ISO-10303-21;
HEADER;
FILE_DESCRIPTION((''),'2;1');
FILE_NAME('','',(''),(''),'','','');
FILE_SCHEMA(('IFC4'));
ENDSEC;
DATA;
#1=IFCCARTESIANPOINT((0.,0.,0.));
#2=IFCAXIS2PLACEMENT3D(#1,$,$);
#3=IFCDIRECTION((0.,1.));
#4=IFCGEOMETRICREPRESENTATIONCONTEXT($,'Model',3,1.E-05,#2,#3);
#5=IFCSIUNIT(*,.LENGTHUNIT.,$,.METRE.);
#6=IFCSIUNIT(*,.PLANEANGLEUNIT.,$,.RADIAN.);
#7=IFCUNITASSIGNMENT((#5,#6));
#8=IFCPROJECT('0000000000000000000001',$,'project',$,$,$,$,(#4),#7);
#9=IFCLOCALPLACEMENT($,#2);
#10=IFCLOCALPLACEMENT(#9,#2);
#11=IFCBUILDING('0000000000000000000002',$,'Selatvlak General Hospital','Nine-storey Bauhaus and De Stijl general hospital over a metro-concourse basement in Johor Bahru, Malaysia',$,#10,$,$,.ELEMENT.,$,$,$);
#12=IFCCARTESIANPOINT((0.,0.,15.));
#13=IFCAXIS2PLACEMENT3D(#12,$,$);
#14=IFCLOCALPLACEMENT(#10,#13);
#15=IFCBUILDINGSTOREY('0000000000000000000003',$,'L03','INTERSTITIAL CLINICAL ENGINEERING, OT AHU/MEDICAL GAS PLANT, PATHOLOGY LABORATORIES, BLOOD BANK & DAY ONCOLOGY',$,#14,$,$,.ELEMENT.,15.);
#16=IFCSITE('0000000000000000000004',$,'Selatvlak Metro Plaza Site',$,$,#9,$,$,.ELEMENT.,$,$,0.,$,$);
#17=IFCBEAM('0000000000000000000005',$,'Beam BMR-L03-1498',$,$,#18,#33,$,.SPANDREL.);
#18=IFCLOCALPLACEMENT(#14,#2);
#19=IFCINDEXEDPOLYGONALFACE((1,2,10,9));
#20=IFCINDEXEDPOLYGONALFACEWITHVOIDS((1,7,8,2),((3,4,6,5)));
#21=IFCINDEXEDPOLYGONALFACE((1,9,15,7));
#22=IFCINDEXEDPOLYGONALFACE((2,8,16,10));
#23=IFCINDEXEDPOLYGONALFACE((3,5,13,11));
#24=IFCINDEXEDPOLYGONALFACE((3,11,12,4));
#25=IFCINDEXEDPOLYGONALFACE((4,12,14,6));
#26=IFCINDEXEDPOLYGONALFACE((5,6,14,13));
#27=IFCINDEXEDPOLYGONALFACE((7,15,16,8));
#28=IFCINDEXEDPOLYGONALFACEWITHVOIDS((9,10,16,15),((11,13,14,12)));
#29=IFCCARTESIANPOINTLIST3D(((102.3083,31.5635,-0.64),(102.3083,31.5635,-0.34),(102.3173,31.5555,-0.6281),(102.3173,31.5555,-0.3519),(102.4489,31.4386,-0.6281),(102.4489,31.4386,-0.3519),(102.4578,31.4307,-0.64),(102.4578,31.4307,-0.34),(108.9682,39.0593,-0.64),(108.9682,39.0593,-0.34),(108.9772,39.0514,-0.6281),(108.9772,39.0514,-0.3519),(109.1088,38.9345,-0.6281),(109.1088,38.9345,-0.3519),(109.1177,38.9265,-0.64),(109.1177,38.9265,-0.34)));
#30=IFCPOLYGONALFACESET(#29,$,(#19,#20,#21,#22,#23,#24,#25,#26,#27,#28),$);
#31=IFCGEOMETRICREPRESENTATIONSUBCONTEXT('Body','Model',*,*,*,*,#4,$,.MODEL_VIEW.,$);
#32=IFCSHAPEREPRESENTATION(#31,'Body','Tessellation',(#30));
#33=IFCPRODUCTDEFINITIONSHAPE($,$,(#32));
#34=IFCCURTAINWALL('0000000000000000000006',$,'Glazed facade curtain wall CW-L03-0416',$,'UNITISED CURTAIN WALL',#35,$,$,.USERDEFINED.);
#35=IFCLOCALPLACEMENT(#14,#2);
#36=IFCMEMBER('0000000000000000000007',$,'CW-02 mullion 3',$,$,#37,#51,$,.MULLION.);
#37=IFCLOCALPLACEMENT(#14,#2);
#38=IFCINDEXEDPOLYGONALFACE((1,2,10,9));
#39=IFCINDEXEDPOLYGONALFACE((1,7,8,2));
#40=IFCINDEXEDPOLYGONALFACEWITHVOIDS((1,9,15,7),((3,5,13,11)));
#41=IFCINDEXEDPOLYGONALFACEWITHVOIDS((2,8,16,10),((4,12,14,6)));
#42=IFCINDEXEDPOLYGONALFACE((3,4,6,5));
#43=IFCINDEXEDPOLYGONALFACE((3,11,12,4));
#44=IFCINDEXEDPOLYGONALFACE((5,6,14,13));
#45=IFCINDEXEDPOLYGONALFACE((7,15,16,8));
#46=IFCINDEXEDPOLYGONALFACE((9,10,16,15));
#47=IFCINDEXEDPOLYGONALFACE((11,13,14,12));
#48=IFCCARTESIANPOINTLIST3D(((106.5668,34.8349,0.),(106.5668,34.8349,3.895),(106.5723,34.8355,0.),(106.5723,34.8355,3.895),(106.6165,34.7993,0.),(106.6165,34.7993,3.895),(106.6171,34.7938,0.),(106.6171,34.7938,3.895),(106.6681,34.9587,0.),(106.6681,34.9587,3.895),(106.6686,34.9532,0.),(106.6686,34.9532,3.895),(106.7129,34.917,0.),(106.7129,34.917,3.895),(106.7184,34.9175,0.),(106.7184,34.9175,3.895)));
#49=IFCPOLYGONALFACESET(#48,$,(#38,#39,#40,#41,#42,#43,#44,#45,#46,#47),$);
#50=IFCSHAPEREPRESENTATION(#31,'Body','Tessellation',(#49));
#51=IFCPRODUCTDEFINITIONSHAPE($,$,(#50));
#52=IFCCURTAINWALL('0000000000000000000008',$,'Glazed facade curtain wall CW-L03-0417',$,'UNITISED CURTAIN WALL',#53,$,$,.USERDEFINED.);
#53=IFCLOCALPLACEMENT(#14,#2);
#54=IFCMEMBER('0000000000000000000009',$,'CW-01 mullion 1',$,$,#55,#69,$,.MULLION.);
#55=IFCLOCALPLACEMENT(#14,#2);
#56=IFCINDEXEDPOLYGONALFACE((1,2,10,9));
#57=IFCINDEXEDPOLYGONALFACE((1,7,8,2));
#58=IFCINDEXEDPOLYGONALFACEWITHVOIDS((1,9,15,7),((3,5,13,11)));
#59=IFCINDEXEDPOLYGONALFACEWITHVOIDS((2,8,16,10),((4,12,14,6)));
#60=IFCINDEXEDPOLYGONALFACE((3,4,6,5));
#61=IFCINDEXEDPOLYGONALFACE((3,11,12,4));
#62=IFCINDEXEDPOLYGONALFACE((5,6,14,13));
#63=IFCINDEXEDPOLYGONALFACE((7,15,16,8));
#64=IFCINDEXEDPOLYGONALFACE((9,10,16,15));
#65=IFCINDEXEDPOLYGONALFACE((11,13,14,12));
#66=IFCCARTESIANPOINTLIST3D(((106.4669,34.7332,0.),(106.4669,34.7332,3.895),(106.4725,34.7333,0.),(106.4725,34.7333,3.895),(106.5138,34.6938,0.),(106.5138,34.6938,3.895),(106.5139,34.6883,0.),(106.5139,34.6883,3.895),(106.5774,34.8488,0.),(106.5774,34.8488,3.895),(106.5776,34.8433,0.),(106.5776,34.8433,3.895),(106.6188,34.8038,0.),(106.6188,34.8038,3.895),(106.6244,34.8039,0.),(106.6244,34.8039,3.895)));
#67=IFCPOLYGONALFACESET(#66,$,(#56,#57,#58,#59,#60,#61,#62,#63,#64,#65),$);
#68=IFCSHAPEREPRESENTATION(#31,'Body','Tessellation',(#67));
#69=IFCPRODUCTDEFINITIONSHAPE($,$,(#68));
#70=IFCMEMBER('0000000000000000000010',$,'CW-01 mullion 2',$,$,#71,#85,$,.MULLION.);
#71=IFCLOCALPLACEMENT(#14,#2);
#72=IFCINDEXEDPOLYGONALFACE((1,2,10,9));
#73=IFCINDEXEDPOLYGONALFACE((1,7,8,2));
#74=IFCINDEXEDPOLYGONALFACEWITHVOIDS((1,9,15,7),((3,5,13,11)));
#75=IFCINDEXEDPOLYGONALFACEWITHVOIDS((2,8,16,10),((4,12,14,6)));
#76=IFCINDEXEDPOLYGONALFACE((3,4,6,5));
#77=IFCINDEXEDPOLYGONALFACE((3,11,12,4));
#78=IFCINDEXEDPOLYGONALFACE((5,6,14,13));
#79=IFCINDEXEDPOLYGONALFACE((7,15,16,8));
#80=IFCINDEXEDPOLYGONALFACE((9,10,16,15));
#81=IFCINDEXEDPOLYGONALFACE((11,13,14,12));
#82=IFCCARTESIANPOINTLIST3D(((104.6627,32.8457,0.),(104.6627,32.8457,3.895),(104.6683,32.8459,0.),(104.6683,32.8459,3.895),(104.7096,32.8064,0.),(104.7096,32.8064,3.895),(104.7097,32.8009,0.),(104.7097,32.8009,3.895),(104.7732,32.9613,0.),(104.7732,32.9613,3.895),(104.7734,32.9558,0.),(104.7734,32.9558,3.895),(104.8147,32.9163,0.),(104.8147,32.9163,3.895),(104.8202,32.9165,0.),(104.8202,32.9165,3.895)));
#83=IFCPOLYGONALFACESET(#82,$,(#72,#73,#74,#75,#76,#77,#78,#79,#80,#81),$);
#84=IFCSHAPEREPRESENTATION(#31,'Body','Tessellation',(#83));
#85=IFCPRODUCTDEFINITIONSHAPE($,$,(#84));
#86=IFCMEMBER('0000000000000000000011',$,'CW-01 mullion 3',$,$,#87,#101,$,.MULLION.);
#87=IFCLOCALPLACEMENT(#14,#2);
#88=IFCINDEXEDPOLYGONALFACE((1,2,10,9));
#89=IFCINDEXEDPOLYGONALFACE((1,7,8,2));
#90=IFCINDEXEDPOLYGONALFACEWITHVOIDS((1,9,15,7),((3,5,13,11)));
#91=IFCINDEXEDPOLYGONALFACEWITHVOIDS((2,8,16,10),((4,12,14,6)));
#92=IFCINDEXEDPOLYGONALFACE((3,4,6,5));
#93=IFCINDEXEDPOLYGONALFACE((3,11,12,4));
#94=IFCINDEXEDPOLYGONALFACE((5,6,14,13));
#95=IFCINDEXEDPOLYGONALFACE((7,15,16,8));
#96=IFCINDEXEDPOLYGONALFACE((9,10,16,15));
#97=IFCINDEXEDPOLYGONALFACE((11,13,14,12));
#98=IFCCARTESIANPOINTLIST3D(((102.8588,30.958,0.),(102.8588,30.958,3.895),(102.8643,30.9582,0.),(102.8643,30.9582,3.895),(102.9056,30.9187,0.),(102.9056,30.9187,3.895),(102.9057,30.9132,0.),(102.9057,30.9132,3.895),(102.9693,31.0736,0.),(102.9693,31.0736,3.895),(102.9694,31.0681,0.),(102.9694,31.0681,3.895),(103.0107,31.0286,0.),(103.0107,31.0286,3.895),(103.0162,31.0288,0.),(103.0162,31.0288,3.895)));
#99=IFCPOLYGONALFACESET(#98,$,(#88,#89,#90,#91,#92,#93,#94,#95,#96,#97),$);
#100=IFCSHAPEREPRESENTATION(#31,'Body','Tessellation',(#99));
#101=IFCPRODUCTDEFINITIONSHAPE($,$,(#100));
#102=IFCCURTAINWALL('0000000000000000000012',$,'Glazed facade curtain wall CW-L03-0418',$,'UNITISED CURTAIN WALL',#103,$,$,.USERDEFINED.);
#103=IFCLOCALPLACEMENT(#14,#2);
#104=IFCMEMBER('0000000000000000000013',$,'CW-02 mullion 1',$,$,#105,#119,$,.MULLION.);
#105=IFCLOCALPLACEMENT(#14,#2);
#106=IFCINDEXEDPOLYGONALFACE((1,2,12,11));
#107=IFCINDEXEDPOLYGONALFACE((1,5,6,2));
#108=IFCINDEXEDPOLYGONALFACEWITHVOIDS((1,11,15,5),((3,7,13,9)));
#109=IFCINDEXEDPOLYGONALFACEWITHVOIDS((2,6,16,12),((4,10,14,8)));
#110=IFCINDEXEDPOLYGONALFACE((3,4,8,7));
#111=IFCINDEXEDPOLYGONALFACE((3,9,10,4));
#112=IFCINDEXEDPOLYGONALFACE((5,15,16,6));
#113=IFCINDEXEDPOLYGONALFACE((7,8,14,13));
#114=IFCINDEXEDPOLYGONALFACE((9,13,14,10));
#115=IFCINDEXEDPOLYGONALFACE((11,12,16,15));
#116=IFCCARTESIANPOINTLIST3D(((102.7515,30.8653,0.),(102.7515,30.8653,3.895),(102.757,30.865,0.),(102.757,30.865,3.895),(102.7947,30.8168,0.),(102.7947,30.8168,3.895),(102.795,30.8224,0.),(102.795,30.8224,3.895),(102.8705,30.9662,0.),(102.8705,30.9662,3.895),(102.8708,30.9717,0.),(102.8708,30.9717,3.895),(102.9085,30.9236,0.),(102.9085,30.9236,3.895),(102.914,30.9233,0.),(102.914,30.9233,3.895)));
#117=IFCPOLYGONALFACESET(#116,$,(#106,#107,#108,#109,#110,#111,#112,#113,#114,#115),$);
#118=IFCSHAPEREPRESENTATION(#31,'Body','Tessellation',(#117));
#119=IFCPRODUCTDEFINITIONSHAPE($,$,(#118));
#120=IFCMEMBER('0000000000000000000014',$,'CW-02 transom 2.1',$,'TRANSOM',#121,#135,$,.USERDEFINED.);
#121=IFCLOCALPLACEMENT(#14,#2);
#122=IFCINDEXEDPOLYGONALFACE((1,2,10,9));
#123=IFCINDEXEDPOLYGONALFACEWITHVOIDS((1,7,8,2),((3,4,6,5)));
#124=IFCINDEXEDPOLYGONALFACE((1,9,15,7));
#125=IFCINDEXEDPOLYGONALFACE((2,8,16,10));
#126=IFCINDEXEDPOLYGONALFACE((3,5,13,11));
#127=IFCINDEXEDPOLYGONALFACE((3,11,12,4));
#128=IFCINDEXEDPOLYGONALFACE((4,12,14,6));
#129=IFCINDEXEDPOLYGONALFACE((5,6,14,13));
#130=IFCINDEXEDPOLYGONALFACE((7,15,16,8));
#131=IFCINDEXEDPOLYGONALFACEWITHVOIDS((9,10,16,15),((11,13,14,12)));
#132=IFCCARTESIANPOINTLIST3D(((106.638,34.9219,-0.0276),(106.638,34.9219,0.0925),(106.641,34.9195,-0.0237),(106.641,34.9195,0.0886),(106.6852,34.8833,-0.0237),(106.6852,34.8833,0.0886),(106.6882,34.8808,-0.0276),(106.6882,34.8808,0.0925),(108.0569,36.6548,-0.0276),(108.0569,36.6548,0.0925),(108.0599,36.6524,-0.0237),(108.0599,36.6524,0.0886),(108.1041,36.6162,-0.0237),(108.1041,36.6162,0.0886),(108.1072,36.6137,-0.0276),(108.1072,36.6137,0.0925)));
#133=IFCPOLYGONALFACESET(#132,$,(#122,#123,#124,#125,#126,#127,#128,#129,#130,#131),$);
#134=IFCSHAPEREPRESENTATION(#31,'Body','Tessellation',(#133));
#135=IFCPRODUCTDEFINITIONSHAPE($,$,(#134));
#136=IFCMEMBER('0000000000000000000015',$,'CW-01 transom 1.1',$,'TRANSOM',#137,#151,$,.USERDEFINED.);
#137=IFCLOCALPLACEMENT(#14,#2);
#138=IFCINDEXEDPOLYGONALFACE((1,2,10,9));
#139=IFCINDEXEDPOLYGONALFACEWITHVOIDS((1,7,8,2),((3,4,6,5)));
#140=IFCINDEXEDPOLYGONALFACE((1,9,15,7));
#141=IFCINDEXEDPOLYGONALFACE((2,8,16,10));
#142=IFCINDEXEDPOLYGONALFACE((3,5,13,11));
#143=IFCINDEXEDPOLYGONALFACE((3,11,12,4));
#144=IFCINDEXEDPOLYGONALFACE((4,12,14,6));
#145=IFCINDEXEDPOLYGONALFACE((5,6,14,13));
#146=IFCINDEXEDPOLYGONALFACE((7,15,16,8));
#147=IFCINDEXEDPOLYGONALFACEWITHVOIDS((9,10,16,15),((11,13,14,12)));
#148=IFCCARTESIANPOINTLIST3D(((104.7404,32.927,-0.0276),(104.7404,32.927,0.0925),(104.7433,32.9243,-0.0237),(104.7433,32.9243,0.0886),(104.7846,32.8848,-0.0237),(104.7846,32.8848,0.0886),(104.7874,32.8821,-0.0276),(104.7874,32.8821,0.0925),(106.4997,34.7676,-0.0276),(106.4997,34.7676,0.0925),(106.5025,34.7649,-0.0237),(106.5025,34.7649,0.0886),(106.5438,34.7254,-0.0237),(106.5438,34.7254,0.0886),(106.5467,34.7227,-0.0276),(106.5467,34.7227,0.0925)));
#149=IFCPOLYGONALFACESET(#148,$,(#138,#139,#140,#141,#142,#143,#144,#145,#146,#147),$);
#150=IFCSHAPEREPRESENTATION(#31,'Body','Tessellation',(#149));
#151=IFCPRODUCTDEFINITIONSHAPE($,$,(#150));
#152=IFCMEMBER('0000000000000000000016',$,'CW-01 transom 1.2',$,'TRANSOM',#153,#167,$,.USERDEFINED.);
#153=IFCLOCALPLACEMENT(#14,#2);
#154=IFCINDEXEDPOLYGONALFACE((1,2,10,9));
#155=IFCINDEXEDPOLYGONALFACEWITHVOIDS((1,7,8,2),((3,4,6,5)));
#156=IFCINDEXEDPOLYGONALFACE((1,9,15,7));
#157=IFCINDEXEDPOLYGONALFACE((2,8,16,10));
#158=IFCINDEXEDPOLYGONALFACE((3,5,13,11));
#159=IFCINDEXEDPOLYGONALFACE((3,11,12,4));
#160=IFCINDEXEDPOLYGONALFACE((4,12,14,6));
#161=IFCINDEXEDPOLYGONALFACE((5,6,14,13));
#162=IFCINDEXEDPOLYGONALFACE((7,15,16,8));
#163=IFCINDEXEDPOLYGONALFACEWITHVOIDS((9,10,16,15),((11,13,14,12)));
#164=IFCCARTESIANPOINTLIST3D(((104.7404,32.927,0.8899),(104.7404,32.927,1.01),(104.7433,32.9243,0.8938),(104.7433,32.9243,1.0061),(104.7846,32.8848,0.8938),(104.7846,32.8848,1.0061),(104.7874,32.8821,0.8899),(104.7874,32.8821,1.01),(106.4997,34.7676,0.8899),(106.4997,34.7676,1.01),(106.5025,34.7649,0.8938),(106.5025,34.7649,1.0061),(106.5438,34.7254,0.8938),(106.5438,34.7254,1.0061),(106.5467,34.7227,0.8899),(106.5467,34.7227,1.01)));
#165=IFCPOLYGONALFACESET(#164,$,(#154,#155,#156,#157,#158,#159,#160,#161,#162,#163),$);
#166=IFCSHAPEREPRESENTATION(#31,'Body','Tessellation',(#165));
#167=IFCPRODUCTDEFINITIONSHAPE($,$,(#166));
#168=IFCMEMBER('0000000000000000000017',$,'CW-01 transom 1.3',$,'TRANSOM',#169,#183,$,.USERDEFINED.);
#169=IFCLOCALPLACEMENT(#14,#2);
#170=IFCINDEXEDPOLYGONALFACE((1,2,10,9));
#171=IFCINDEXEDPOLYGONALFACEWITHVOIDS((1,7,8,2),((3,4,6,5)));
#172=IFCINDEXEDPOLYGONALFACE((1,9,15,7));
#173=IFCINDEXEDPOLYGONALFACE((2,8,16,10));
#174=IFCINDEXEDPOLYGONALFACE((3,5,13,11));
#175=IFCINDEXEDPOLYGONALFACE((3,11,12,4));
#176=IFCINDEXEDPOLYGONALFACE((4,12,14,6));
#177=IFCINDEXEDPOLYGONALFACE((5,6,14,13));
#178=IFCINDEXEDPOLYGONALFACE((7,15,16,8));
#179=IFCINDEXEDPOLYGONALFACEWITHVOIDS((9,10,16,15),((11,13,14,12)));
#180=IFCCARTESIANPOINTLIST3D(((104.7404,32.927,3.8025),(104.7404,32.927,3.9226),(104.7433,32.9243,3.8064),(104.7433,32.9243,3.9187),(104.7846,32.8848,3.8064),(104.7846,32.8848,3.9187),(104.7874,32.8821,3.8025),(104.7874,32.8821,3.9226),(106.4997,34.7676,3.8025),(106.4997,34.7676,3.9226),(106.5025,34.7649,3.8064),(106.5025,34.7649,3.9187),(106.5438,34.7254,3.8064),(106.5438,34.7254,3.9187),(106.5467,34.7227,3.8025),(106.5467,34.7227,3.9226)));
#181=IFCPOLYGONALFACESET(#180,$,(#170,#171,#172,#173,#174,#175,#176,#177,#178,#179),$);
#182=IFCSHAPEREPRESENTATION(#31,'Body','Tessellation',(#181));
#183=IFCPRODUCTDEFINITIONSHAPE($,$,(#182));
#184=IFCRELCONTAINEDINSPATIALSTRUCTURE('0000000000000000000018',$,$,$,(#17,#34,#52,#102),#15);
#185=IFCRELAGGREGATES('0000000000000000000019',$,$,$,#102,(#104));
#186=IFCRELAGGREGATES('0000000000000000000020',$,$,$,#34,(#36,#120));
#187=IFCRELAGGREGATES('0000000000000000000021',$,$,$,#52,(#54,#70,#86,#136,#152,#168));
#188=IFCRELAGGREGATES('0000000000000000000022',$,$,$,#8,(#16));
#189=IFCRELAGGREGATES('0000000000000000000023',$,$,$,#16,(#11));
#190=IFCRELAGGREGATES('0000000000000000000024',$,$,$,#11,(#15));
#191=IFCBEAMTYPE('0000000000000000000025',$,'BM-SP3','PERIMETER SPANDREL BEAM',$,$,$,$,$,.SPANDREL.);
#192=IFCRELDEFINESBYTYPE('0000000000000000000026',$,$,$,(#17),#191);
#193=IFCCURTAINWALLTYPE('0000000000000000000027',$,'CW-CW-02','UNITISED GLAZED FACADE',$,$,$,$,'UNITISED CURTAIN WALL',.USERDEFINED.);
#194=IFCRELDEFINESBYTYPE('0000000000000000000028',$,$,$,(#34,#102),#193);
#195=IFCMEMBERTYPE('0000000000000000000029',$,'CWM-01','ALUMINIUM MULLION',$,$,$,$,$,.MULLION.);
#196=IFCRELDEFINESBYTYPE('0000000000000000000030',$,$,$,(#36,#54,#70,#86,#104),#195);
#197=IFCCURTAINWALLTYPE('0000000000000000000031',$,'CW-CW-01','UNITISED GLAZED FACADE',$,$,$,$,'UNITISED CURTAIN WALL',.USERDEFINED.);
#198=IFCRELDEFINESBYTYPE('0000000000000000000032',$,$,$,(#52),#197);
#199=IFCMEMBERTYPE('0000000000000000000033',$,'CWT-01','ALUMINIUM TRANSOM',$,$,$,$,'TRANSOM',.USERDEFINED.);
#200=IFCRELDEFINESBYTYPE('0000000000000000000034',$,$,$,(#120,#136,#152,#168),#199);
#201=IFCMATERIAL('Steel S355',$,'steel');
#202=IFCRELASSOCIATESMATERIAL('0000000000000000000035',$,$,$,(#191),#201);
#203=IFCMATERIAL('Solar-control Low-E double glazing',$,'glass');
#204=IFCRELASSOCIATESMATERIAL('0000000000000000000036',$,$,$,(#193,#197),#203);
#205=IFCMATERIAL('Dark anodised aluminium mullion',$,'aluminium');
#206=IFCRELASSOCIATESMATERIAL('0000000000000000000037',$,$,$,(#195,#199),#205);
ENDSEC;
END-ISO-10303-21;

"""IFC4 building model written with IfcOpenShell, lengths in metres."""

from ifc_helpers import new_model, si_unit, direction, frame, origin, origin_2d, place, context, subcontext, project, spatial, hollow_rectangle, extrude, material, material_profile, profile_set, type_object, element, aggregate, save


model = new_model("IFC4")

# Units and contexts
model_context = context("Model", 3, precision=1e-05, world=origin(), true_north=direction((0.0, 1.0)))
body_context = subcontext(model_context, "Body", "Model", "MODEL_VIEW")
ifc_project = project(units=[si_unit("LENGTHUNIT", "METRE"), si_unit("PLANEANGLEUNIT", "RADIAN")], contexts=[model_context])

# Site, building, storey
site_placement = place(None, origin())
site = spatial("IfcSite", under=ifc_project, at=site_placement, Name="Selatvlak Metro Plaza Site", CompositionType="ELEMENT", RefElevation=0.0)
building_placement = place(site_placement, origin())
building = spatial("IfcBuilding", under=site, at=building_placement, Name="Selatvlak General Hospital", Description="Nine-storey Bauhaus and De Stijl general hospital over a metro-concourse basement in Johor Bahru, Malaysia", CompositionType="ELEMENT")
storey_placement = place(building_placement, frame((0.0, 0.0, 15.0)))
storey = spatial("IfcBuildingStorey", under=building, at=storey_placement, Name="L03", Description="INTERSTITIAL CLINICAL ENGINEERING, OT AHU/MEDICAL GAS PLANT, PATHOLOGY LABORATORIES, BLOOD BANK & DAY ONCOLOGY", CompositionType="ELEMENT", Elevation=15.0)

# Beam
ifc_material_1 = material(Name="Steel S355", Category="steel")
ifc_material_profile_1 = material_profile(ifc_material_1, hollow_rectangle(XDim=0.2, YDim=0.3, WallThickness=0.012, at=origin_2d()), Name="RHS 300x200x12")
ifc_profile_set_1 = profile_set([ifc_material_profile_1], Name="Steel S355")
beam_type = type_object("IfcBeamType", Name="BM-SP3", Description="PERIMETER SPANDREL BEAM", PredefinedType="SPANDREL", material=ifc_profile_set_1)
beam_placement = place(storey_placement, frame((102.3831, 31.4971, -0.49), z_axis=(0.664193, 0.747561, 0.0), x_axis=(-0.747561, 0.664193, 0.0)))
element("IfcBeam", 1, at=beam_placement, inside=storey, type_object=beam_type, Name="Beam BMR-L03-1498", PredefinedType="SPANDREL", context=body_context, shape_type="SweptSolid", body=[
    extrude(hollow_rectangle(XDim=0.2, YDim=0.3, WallThickness=0.012, at=origin_2d()), origin(), (0.0, 0.0, 1.0), 10.0271),
])

# Curtain wall, member
ifc_material_2 = material(Name="Solar-control Low-E double glazing", Category="glass")
curtain_wall_type_1 = type_object("IfcCurtainWallType", Name="CW-CW-02", Description="UNITISED GLAZED FACADE", ElementType="UNITISED CURTAIN WALL", PredefinedType="USERDEFINED", material=ifc_material_2)
curtain_wall_1_placement = place(storey_placement, origin())
curtain_wall_1 = element("IfcCurtainWall", 2, at=curtain_wall_1_placement, inside=storey, type_object=curtain_wall_type_1, Name="Glazed facade curtain wall CW-L03-0416", ObjectType="UNITISED CURTAIN WALL", PredefinedType="USERDEFINED")
ifc_material_3 = material(Name="Dark anodised aluminium mullion", Category="aluminium")
ifc_material_profile_2 = material_profile(ifc_material_3, hollow_rectangle(XDim=0.0649, YDim=0.1599, WallThickness=0.0039, at=origin_2d()), Name="AL-MUL 65x160x4")
ifc_profile_set_2 = profile_set([ifc_material_profile_2], Name="Dark anodised aluminium mullion")
member_type_1 = type_object("IfcMemberType", Name="CWM-01", Description="ALUMINIUM MULLION", PredefinedType="MULLION", material=ifc_profile_set_2)
member_1_placement = place(storey_placement, frame((106.6426, 34.8762, 0.0), z_axis=(0.0, 0.0, 1.0), x_axis=(0.773786, -0.633447, 0.0)))
member_1 = element("IfcMember", 3, at=member_1_placement, type_object=member_type_1, Name="CW-02 mullion 3", PredefinedType="MULLION", context=body_context, shape_type="SweptSolid", body=[
    extrude(hollow_rectangle(XDim=0.0649, YDim=0.1599, WallThickness=0.0039, at=origin_2d()), origin(), (0.0, 0.0, 1.0), 3.895),
])

# Curtain wall, members
curtain_wall_type_2 = type_object("IfcCurtainWallType", Name="CW-CW-01", Description="UNITISED GLAZED FACADE", ElementType="UNITISED CURTAIN WALL", PredefinedType="USERDEFINED", material=ifc_material_2)
curtain_wall_2_placement = place(storey_placement, origin())
curtain_wall_2 = element("IfcCurtainWall", 4, at=curtain_wall_2_placement, inside=storey, type_object=curtain_wall_type_2, Name="Glazed facade curtain wall CW-L03-0417", ObjectType="UNITISED CURTAIN WALL", PredefinedType="USERDEFINED")
member_2_placement = place(storey_placement, frame((106.5457, 34.7686, 0.0), z_axis=(0.0, 0.0, 1.0), x_axis=(0.722909, -0.690943, 0.0)))
member_2 = element("IfcMember", 5, at=member_2_placement, type_object=member_type_1, Name="CW-01 mullion 1", PredefinedType="MULLION", context=body_context, shape_type="SweptSolid", body=[
    extrude(hollow_rectangle(XDim=0.0649, YDim=0.1599, WallThickness=0.0039, at=origin_2d()), origin(), (0.0, 0.0, 1.0), 3.895),
])
member_3_placement = place(storey_placement, frame((104.7415, 32.8811, 0.0), z_axis=(0.0, 0.0, 1.0), x_axis=(0.722909, -0.690943, 0.0)))
member_3 = element("IfcMember", 6, at=member_3_placement, type_object=member_type_1, Name="CW-01 mullion 2", PredefinedType="MULLION", context=body_context, shape_type="SweptSolid", body=[
    extrude(hollow_rectangle(XDim=0.0649, YDim=0.1599, WallThickness=0.0039, at=origin_2d()), origin(), (0.0, 0.0, 1.0), 3.895),
])
member_4_placement = place(storey_placement, frame((102.9375, 30.9934, 0.0), z_axis=(0.0, 0.0, 1.0), x_axis=(0.722909, -0.690943, 0.0)))
member_4 = element("IfcMember", 7, at=member_4_placement, type_object=member_type_1, Name="CW-01 mullion 3", PredefinedType="MULLION", context=body_context, shape_type="SweptSolid", body=[
    extrude(hollow_rectangle(XDim=0.0649, YDim=0.1599, WallThickness=0.0039, at=origin_2d()), origin(), (0.0, 0.0, 1.0), 3.895),
])

# Curtain wall, member
curtain_wall_3_placement = place(storey_placement, origin())
curtain_wall_3 = element("IfcCurtainWall", 8, at=curtain_wall_3_placement, inside=storey, type_object=curtain_wall_type_1, Name="Glazed facade curtain wall CW-L03-0418", ObjectType="UNITISED CURTAIN WALL", PredefinedType="USERDEFINED")
member_5_placement = place(storey_placement, frame((102.8328, 30.8943, 0.0), z_axis=(0.0, 0.0, 1.0), x_axis=(0.665561, -0.746344, 0.0)))
member_5 = element("IfcMember", 9, at=member_5_placement, type_object=member_type_1, Name="CW-02 mullion 1", PredefinedType="MULLION", context=body_context, shape_type="SweptSolid", body=[
    extrude(hollow_rectangle(XDim=0.0649, YDim=0.1599, WallThickness=0.0039, at=origin_2d()), origin(), (0.0, 0.0, 1.0), 3.895),
])

# Members
ifc_material_profile_3 = material_profile(ifc_material_3, hollow_rectangle(XDim=0.0649, YDim=0.1201, WallThickness=0.0039, at=origin_2d()), Name="AL-TRN 65x120x4")
ifc_profile_set_3 = profile_set([ifc_material_profile_3], Name="Dark anodised aluminium mullion")
member_type_2 = type_object("IfcMemberType", Name="CWT-01", Description="ALUMINIUM TRANSOM", ElementType="TRANSOM", PredefinedType="USERDEFINED", material=ifc_profile_set_3)
member_6_placement = place(storey_placement, frame((108.082, 36.6343, 0.0325), z_axis=(-0.633535, -0.773714, 0.0), x_axis=(0.773714, -0.633535, 0.0)))
member_6 = element("IfcMember", 10, at=member_6_placement, type_object=member_type_2, Name="CW-02 transom 2.1", ObjectType="TRANSOM", PredefinedType="USERDEFINED", context=body_context, shape_type="SweptSolid", body=[
    extrude(hollow_rectangle(XDim=0.0649, YDim=0.1201, WallThickness=0.0039, at=origin_2d()), origin(), (0.0, 0.0, 1.0), 2.2397),
])
member_7_placement = place(storey_placement, frame((106.5232, 34.7451, 0.0325), z_axis=(-0.690961, -0.722892, 0.0), x_axis=(0.722892, -0.690961, 0.0)))
member_7 = element("IfcMember", 11, at=member_7_placement, type_object=member_type_2, Name="CW-01 transom 1.1", ObjectType="TRANSOM", PredefinedType="USERDEFINED", context=body_context, shape_type="SweptSolid", body=[
    extrude(hollow_rectangle(XDim=0.0649, YDim=0.1201, WallThickness=0.0039, at=origin_2d()), origin(), (0.0, 0.0, 1.0), 2.5461),
])
member_8_placement = place(storey_placement, frame((106.5232, 34.7451, 0.95), z_axis=(-0.690961, -0.722892, 0.0), x_axis=(0.722892, -0.690961, 0.0)))
member_8 = element("IfcMember", 12, at=member_8_placement, type_object=member_type_2, Name="CW-01 transom 1.2", ObjectType="TRANSOM", PredefinedType="USERDEFINED", context=body_context, shape_type="SweptSolid", body=[
    extrude(hollow_rectangle(XDim=0.0649, YDim=0.1201, WallThickness=0.0039, at=origin_2d()), origin(), (0.0, 0.0, 1.0), 2.5461),
])
member_9_placement = place(storey_placement, frame((106.5232, 34.7451, 3.8625), z_axis=(-0.690961, -0.722892, 0.0), x_axis=(0.722892, -0.690961, 0.0)))
member_9 = element("IfcMember", 13, at=member_9_placement, type_object=member_type_2, Name="CW-01 transom 1.3", ObjectType="TRANSOM", PredefinedType="USERDEFINED", context=body_context, shape_type="SweptSolid", body=[
    extrude(hollow_rectangle(XDim=0.0649, YDim=0.1201, WallThickness=0.0039, at=origin_2d()), origin(), (0.0, 0.0, 1.0), 2.5461),
])
aggregate(curtain_wall_3, [member_5])

aggregate(curtain_wall_1, [member_1, member_6])
aggregate(curtain_wall_2, [member_2, member_3, member_4, member_7, member_8, member_9])

save(model, "model.ifc")
